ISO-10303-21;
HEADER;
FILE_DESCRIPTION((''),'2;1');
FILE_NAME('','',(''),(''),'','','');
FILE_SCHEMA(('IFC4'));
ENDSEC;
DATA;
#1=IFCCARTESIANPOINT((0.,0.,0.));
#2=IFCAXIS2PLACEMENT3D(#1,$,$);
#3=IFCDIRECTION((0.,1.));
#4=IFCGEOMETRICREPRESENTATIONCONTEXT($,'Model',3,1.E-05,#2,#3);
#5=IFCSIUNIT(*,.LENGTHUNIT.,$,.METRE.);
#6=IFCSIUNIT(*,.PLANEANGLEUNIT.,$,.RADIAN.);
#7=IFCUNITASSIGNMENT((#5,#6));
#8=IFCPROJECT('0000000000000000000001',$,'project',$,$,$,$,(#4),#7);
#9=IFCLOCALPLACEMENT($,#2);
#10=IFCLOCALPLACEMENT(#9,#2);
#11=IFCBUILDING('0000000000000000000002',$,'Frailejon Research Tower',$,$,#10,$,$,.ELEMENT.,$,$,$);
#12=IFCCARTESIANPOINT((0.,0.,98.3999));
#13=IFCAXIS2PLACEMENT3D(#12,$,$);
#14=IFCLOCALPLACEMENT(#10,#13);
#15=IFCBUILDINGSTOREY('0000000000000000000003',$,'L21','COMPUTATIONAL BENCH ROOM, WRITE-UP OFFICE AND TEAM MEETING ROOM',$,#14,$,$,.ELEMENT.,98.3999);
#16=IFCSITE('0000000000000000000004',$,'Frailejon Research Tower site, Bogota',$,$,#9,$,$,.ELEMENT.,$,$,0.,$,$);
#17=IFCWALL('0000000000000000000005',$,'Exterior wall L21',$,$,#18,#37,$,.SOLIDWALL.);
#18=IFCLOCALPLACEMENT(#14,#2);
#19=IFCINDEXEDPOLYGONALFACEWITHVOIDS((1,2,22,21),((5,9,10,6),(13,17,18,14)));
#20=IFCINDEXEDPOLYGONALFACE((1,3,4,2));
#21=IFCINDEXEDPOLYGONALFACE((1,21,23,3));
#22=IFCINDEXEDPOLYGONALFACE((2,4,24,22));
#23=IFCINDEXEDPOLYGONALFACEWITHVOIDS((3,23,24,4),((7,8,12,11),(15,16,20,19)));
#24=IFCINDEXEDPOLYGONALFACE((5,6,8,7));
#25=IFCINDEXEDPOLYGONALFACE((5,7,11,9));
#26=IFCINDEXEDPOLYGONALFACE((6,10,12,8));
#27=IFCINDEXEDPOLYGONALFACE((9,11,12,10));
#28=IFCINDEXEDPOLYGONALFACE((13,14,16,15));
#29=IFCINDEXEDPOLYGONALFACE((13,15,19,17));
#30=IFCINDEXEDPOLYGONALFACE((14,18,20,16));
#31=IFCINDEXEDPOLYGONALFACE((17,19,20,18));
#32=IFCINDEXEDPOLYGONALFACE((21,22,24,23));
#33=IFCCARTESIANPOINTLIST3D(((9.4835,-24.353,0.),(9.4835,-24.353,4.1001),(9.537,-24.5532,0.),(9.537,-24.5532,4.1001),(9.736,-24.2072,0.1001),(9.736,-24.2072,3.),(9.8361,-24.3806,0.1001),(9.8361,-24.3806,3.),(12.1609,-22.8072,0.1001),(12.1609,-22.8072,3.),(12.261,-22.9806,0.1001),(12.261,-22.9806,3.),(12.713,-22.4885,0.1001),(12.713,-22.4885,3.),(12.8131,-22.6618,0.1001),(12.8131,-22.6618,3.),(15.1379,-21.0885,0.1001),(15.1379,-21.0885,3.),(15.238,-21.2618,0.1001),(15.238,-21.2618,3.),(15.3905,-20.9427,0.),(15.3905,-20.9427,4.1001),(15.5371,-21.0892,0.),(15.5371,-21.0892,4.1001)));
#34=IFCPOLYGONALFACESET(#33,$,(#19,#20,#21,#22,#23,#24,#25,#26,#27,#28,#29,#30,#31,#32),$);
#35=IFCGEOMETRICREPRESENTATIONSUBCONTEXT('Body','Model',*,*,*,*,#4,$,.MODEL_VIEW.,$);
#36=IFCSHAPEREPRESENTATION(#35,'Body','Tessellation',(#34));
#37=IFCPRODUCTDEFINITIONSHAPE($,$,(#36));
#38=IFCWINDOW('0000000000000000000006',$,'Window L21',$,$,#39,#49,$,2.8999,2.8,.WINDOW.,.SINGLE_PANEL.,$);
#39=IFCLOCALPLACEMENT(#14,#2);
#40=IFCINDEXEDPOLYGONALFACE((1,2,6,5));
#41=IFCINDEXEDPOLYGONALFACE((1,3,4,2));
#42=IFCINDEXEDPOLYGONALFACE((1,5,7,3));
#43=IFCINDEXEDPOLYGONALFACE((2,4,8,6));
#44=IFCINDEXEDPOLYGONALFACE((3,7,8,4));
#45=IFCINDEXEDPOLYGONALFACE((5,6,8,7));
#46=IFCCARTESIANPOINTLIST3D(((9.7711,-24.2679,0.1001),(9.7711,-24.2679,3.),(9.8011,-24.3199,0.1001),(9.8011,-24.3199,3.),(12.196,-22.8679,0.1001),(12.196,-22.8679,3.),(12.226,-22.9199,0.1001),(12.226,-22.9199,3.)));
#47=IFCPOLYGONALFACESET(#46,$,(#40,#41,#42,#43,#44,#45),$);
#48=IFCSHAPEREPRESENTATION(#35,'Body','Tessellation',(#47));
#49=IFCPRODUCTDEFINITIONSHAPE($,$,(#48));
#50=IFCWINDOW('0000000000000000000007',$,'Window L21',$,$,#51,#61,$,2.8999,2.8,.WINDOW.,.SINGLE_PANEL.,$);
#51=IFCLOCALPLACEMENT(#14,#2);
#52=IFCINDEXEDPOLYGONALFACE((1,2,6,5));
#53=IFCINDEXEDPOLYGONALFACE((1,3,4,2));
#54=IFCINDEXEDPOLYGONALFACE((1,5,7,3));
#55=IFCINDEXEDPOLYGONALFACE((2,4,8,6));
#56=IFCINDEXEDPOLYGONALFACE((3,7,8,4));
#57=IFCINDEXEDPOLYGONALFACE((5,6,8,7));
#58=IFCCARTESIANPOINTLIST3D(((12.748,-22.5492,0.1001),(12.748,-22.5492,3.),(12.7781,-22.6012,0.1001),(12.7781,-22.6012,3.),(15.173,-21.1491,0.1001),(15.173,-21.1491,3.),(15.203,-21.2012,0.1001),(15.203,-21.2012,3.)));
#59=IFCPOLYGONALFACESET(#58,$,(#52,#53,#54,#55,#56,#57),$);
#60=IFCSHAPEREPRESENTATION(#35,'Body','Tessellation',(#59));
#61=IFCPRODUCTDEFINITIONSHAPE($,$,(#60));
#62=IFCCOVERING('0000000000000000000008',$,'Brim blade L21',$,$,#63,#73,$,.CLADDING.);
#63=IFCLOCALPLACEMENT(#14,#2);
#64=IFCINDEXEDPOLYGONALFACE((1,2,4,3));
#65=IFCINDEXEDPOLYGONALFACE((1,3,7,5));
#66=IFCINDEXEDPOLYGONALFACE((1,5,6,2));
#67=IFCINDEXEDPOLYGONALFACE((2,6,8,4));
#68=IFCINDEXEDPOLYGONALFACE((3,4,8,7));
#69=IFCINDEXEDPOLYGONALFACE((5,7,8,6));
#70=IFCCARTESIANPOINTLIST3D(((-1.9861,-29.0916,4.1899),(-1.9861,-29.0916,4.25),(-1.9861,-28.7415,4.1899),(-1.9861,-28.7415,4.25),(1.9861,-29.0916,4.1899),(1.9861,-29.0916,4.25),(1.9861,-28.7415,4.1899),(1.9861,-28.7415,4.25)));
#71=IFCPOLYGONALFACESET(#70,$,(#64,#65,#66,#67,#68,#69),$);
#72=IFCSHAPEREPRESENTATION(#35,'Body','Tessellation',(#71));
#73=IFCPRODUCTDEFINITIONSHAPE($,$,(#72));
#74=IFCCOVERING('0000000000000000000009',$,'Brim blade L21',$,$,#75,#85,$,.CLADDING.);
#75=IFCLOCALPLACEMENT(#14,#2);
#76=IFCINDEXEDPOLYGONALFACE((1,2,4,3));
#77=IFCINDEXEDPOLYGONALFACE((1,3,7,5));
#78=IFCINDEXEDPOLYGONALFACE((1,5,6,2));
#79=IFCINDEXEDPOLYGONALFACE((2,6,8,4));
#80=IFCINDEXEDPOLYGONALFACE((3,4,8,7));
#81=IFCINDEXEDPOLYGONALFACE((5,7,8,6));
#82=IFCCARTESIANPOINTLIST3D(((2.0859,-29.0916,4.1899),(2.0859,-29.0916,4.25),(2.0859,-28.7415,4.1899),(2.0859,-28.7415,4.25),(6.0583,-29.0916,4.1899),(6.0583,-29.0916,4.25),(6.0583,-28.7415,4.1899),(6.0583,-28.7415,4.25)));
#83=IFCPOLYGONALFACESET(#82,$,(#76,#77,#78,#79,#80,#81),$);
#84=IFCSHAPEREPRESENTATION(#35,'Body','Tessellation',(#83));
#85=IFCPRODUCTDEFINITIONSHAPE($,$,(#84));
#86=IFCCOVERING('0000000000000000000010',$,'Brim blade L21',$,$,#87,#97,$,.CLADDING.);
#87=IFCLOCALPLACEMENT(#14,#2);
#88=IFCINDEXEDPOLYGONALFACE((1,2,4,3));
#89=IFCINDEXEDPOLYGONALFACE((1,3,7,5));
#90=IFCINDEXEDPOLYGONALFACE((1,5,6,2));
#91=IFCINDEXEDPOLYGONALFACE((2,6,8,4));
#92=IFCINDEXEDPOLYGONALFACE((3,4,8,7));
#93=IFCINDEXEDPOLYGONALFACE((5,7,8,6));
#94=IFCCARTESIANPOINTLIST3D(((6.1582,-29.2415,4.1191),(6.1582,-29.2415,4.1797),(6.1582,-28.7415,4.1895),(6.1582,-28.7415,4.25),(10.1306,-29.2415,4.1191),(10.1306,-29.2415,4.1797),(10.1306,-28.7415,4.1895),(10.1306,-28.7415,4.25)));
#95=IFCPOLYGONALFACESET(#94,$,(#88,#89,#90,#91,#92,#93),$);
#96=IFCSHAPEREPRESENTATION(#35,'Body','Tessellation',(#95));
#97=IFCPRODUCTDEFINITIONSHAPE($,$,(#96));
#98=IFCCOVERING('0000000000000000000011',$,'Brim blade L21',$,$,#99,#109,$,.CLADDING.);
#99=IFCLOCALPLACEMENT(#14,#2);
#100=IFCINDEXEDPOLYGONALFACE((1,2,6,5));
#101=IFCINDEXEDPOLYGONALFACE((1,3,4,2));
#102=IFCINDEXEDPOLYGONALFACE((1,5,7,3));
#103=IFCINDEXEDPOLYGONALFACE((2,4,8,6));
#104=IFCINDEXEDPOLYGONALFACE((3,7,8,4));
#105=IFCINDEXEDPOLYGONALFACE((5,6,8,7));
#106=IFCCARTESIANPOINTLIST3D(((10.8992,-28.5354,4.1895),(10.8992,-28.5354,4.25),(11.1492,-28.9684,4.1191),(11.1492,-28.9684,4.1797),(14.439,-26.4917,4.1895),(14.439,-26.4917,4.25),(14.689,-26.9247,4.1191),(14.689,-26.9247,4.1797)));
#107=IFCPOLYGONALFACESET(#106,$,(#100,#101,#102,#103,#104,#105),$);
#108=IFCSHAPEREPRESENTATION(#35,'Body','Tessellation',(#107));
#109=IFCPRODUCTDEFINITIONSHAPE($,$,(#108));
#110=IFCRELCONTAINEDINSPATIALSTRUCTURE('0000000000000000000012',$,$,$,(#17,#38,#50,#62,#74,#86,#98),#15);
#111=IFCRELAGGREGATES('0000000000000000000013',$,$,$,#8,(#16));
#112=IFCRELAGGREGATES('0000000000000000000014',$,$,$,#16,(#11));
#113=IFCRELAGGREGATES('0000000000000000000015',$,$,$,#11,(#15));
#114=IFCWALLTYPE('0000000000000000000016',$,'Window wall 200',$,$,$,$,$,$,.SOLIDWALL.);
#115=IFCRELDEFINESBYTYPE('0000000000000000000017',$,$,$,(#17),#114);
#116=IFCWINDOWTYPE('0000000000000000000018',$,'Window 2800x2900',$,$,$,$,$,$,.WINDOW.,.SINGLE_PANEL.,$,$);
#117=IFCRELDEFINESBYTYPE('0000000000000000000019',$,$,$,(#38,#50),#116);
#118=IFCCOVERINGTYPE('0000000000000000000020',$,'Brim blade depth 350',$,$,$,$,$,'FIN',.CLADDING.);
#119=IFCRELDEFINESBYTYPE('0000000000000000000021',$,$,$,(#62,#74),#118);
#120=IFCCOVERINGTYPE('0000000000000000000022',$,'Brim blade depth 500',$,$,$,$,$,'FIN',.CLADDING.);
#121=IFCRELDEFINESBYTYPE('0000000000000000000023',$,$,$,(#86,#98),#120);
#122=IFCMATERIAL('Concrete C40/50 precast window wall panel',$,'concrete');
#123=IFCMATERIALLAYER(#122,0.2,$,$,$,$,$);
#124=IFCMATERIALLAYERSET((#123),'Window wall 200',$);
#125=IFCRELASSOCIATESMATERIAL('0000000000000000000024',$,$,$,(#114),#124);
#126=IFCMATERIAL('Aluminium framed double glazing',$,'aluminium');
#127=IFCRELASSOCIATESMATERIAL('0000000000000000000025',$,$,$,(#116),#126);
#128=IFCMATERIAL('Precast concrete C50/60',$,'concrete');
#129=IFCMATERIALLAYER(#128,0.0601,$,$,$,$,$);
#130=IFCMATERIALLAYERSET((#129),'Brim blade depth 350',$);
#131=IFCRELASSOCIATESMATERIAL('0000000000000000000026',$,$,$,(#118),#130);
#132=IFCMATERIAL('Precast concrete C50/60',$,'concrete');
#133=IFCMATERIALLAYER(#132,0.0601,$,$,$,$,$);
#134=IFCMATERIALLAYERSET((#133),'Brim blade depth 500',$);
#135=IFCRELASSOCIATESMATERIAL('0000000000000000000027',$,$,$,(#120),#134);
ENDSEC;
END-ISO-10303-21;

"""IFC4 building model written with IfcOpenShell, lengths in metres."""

from ifc_helpers import new_model, si_unit, direction, frame, frame_2d, origin, place, context, subcontext, project, spatial, polyline, rectangle, outline, extrude, material, layer, layer_set, type_object, element, fill, save


model = new_model("IFC4")

# Units and contexts
model_context = context("Model", 3, precision=1e-05, world=origin(), true_north=direction((0.0, 1.0)))
body_context = subcontext(model_context, "Body", "Model", "MODEL_VIEW")
ifc_project = project(units=[si_unit("LENGTHUNIT", "METRE"), si_unit("PLANEANGLEUNIT", "RADIAN")], contexts=[model_context])

# Site, building, storey
site_placement = place(None, origin())
site = spatial("IfcSite", under=ifc_project, at=site_placement, Name="Frailejon Research Tower site, Bogota", CompositionType="ELEMENT", RefElevation=0.0)
building_placement = place(site_placement, origin())
building = spatial("IfcBuilding", under=site, at=building_placement, Name="Frailejon Research Tower", CompositionType="ELEMENT")
storey_placement = place(building_placement, frame((0.0, 0.0, 98.3999)))
storey = spatial("IfcBuildingStorey", under=building, at=storey_placement, Name="L21", Description="COMPUTATIONAL BENCH ROOM, WRITE-UP OFFICE AND TEAM MEETING ROOM", CompositionType="ELEMENT", Elevation=98.3999)

# Wall, openings, windows
ifc_material_1 = material(Name="Concrete C40/50 precast window wall panel", Category="concrete")
ifc_layer_1 = layer(ifc_material_1, 0.2)
ifc_layer_set_1 = layer_set([ifc_layer_1], Name="Window wall 200")
wall_type_1 = type_object("IfcWallType", Name="Window wall 200", PredefinedType="SOLIDWALL", material=ifc_layer_set_1)
wall_1_placement = place(storey_placement, frame((9.5103, -24.4531, 0.0), z_axis=(0.0, 0.0, 1.0), x_axis=(0.866029, 0.499993, 0.0)))
wall_1 = element("IfcWall", 1, at=wall_1_placement, inside=storey, type_object=wall_type_1, Name="Exterior wall L21", PredefinedType="SOLIDWALL", context=body_context, shape_type="SweptSolid", body=[
    extrude(outline(polyline([(-0.0269, -0.1001), (1.1279, -0.1001), (2.2825, -0.1001), (3.4373, -0.1001), (4.592, -0.1001), (5.7466, -0.1001), (6.9014, -0.1001), (6.8477, 0.1001), (5.7109, 0.1001), (4.574, 0.1001), (3.4373, 0.1001), (2.3005, 0.1001), (1.1636, 0.1001), (0.0269, 0.1001), (-0.0269, -0.1001)])), origin(), (0.0, 0.0, 1.0), 4.1001),
])
opening_1_placement = place(wall_1_placement, frame((0.3186, 0.0, 0.1001)))
opening_1 = element("IfcOpeningElement", 2, at=opening_1_placement, cuts=wall_1, PredefinedType="OPENING", context=body_context, shape_type="SweptSolid", body=[
    extrude(rectangle(XDim=2.8, YDim=2.8999, at=frame_2d((1.3999, 1.45))), frame((0.0, 0.1099, 0.0), z_axis=(0.0, -1.0, 0.0), x_axis=(1.0, 0.0, 0.0)), (0.0, 0.0, 1.0), 0.22),
])
opening_2_placement = place(wall_1_placement, frame((3.7561, 0.0, 0.1001)))
opening_2 = element("IfcOpeningElement", 3, at=opening_2_placement, cuts=wall_1, PredefinedType="OPENING", context=body_context, shape_type="SweptSolid", body=[
    extrude(rectangle(XDim=2.8, YDim=2.8999, at=frame_2d((1.3999, 1.45))), frame((0.0, 0.1099, 0.0), z_axis=(0.0, -1.0, 0.0), x_axis=(1.0, 0.0, 0.0)), (0.0, 0.0, 1.0), 0.22),
])
ifc_material_2 = material(Name="Aluminium framed double glazing", Category="aluminium")
window_type = type_object("IfcWindowType", Name="Window 2800x2900", PartitioningType="SINGLE_PANEL", PredefinedType="WINDOW", material=ifc_material_2)
window_1_placement = place(opening_1_placement, origin())
window_1 = element("IfcWindow", 4, at=window_1_placement, inside=storey, type_object=window_type, Name="Window L21", OverallHeight=2.8999, OverallWidth=2.8, PartitioningType="SINGLE_PANEL", PredefinedType="WINDOW", context=body_context, shape_type="SweptSolid", body=[
    extrude(rectangle(XDim=2.8, YDim=2.8999, at=frame_2d((1.3999, 1.45))), frame((0.0, 0.03, 0.0), z_axis=(0.0, -1.0, 0.0), x_axis=(1.0, 0.0, 0.0)), (0.0, 0.0, 1.0), 0.0601),
])
fill(opening_1, window_1)
window_2_placement = place(opening_2_placement, origin())
window_2 = element("IfcWindow", 5, at=window_2_placement, inside=storey, type_object=window_type, Name="Window L21", OverallHeight=2.8999, OverallWidth=2.8, PartitioningType="SINGLE_PANEL", PredefinedType="WINDOW", context=body_context, shape_type="SweptSolid", body=[
    extrude(rectangle(XDim=2.8, YDim=2.8999, at=frame_2d((1.3999, 1.45))), frame((0.0, 0.03, 0.0), z_axis=(0.0, -1.0, 0.0), x_axis=(1.0, 0.0, 0.0)), (0.0, 0.0, 1.0), 0.0601),
])
fill(opening_2, window_2)

# Coverings
ifc_material_3 = material(Name="Precast concrete C50/60", Category="concrete")
ifc_layer_2 = layer(ifc_material_3, 0.0601)
ifc_layer_set_2 = layer_set([ifc_layer_2], Name="Brim blade depth 350")
covering_type_1 = type_object("IfcCoveringType", Name="Brim blade depth 350", ElementType="FIN", PredefinedType="CLADDING", material=ifc_layer_set_2)
covering_1_placement = place(storey_placement, frame((1.9861, -28.7415, 4.25), z_axis=(-1.0, 0.0, 0.0), x_axis=(0.0, -1.0, 0.0)))
element("IfcCovering", 6, at=covering_1_placement, inside=storey, type_object=covering_type_1, Name="Brim blade L21", PredefinedType="CLADDING", context=body_context, shape_type="SweptSolid", body=[
    extrude(outline(polyline([(0.0, -0.0601), (0.3501, -0.0601), (0.3501, 0.0), (0.0, 0.0), (0.0, -0.0601)])), origin(), (0.0, 0.0, 1.0), 3.9722),
])
covering_2_placement = place(storey_placement, frame((6.0583, -28.7415, 4.25), z_axis=(-1.0, 0.0, 0.0), x_axis=(0.0, -1.0, 0.0)))
element("IfcCovering", 7, at=covering_2_placement, inside=storey, type_object=covering_type_1, Name="Brim blade L21", PredefinedType="CLADDING", context=body_context, shape_type="SweptSolid", body=[
    extrude(outline(polyline([(0.0, -0.0601), (0.3501, -0.0601), (0.3501, 0.0), (0.0, 0.0), (0.0, -0.0601)])), origin(), (0.0, 0.0, 1.0), 3.9724),
])
ifc_material_4 = material(Name="Precast concrete C50/60", Category="concrete")
ifc_layer_3 = layer(ifc_material_4, 0.0601)
ifc_layer_set_3 = layer_set([ifc_layer_3], Name="Brim blade depth 500")
covering_type_2 = type_object("IfcCoveringType", Name="Brim blade depth 500", ElementType="FIN", PredefinedType="CLADDING", material=ifc_layer_set_3)
covering_3_placement = place(storey_placement, frame((10.1306, -28.7415, 4.25), z_axis=(-1.0, 0.0, 0.0), x_axis=(0.0, -1.0, 0.0)))
element("IfcCovering", 8, at=covering_3_placement, inside=storey, type_object=covering_type_2, Name="Brim blade L21", PredefinedType="CLADDING", context=body_context, shape_type="SweptSolid", body=[
    extrude(outline(polyline([(0.0, -0.0605), (0.5, -0.1309), (0.5, -0.0703), (0.0, 0.0), (0.0, -0.0605)])), origin(), (0.0, 0.0, 1.0), 3.9724),
])
covering_4_placement = place(storey_placement, frame((14.439, -26.4917, 4.25), z_axis=(-0.866021, -0.500007, 0.0), x_axis=(0.500007, -0.866021, 0.0)))
element("IfcCovering", 9, at=covering_4_placement, inside=storey, type_object=covering_type_2, Name="Brim blade L21", PredefinedType="CLADDING", context=body_context, shape_type="SweptSolid", body=[
    extrude(outline(polyline([(0.0, -0.0605), (0.5, -0.1309), (0.5, -0.0703), (0.0, 0.0), (0.0, -0.0605)])), origin(), (0.0, 0.0, 1.0), 4.0874),
])

save(model, "model.ifc")
